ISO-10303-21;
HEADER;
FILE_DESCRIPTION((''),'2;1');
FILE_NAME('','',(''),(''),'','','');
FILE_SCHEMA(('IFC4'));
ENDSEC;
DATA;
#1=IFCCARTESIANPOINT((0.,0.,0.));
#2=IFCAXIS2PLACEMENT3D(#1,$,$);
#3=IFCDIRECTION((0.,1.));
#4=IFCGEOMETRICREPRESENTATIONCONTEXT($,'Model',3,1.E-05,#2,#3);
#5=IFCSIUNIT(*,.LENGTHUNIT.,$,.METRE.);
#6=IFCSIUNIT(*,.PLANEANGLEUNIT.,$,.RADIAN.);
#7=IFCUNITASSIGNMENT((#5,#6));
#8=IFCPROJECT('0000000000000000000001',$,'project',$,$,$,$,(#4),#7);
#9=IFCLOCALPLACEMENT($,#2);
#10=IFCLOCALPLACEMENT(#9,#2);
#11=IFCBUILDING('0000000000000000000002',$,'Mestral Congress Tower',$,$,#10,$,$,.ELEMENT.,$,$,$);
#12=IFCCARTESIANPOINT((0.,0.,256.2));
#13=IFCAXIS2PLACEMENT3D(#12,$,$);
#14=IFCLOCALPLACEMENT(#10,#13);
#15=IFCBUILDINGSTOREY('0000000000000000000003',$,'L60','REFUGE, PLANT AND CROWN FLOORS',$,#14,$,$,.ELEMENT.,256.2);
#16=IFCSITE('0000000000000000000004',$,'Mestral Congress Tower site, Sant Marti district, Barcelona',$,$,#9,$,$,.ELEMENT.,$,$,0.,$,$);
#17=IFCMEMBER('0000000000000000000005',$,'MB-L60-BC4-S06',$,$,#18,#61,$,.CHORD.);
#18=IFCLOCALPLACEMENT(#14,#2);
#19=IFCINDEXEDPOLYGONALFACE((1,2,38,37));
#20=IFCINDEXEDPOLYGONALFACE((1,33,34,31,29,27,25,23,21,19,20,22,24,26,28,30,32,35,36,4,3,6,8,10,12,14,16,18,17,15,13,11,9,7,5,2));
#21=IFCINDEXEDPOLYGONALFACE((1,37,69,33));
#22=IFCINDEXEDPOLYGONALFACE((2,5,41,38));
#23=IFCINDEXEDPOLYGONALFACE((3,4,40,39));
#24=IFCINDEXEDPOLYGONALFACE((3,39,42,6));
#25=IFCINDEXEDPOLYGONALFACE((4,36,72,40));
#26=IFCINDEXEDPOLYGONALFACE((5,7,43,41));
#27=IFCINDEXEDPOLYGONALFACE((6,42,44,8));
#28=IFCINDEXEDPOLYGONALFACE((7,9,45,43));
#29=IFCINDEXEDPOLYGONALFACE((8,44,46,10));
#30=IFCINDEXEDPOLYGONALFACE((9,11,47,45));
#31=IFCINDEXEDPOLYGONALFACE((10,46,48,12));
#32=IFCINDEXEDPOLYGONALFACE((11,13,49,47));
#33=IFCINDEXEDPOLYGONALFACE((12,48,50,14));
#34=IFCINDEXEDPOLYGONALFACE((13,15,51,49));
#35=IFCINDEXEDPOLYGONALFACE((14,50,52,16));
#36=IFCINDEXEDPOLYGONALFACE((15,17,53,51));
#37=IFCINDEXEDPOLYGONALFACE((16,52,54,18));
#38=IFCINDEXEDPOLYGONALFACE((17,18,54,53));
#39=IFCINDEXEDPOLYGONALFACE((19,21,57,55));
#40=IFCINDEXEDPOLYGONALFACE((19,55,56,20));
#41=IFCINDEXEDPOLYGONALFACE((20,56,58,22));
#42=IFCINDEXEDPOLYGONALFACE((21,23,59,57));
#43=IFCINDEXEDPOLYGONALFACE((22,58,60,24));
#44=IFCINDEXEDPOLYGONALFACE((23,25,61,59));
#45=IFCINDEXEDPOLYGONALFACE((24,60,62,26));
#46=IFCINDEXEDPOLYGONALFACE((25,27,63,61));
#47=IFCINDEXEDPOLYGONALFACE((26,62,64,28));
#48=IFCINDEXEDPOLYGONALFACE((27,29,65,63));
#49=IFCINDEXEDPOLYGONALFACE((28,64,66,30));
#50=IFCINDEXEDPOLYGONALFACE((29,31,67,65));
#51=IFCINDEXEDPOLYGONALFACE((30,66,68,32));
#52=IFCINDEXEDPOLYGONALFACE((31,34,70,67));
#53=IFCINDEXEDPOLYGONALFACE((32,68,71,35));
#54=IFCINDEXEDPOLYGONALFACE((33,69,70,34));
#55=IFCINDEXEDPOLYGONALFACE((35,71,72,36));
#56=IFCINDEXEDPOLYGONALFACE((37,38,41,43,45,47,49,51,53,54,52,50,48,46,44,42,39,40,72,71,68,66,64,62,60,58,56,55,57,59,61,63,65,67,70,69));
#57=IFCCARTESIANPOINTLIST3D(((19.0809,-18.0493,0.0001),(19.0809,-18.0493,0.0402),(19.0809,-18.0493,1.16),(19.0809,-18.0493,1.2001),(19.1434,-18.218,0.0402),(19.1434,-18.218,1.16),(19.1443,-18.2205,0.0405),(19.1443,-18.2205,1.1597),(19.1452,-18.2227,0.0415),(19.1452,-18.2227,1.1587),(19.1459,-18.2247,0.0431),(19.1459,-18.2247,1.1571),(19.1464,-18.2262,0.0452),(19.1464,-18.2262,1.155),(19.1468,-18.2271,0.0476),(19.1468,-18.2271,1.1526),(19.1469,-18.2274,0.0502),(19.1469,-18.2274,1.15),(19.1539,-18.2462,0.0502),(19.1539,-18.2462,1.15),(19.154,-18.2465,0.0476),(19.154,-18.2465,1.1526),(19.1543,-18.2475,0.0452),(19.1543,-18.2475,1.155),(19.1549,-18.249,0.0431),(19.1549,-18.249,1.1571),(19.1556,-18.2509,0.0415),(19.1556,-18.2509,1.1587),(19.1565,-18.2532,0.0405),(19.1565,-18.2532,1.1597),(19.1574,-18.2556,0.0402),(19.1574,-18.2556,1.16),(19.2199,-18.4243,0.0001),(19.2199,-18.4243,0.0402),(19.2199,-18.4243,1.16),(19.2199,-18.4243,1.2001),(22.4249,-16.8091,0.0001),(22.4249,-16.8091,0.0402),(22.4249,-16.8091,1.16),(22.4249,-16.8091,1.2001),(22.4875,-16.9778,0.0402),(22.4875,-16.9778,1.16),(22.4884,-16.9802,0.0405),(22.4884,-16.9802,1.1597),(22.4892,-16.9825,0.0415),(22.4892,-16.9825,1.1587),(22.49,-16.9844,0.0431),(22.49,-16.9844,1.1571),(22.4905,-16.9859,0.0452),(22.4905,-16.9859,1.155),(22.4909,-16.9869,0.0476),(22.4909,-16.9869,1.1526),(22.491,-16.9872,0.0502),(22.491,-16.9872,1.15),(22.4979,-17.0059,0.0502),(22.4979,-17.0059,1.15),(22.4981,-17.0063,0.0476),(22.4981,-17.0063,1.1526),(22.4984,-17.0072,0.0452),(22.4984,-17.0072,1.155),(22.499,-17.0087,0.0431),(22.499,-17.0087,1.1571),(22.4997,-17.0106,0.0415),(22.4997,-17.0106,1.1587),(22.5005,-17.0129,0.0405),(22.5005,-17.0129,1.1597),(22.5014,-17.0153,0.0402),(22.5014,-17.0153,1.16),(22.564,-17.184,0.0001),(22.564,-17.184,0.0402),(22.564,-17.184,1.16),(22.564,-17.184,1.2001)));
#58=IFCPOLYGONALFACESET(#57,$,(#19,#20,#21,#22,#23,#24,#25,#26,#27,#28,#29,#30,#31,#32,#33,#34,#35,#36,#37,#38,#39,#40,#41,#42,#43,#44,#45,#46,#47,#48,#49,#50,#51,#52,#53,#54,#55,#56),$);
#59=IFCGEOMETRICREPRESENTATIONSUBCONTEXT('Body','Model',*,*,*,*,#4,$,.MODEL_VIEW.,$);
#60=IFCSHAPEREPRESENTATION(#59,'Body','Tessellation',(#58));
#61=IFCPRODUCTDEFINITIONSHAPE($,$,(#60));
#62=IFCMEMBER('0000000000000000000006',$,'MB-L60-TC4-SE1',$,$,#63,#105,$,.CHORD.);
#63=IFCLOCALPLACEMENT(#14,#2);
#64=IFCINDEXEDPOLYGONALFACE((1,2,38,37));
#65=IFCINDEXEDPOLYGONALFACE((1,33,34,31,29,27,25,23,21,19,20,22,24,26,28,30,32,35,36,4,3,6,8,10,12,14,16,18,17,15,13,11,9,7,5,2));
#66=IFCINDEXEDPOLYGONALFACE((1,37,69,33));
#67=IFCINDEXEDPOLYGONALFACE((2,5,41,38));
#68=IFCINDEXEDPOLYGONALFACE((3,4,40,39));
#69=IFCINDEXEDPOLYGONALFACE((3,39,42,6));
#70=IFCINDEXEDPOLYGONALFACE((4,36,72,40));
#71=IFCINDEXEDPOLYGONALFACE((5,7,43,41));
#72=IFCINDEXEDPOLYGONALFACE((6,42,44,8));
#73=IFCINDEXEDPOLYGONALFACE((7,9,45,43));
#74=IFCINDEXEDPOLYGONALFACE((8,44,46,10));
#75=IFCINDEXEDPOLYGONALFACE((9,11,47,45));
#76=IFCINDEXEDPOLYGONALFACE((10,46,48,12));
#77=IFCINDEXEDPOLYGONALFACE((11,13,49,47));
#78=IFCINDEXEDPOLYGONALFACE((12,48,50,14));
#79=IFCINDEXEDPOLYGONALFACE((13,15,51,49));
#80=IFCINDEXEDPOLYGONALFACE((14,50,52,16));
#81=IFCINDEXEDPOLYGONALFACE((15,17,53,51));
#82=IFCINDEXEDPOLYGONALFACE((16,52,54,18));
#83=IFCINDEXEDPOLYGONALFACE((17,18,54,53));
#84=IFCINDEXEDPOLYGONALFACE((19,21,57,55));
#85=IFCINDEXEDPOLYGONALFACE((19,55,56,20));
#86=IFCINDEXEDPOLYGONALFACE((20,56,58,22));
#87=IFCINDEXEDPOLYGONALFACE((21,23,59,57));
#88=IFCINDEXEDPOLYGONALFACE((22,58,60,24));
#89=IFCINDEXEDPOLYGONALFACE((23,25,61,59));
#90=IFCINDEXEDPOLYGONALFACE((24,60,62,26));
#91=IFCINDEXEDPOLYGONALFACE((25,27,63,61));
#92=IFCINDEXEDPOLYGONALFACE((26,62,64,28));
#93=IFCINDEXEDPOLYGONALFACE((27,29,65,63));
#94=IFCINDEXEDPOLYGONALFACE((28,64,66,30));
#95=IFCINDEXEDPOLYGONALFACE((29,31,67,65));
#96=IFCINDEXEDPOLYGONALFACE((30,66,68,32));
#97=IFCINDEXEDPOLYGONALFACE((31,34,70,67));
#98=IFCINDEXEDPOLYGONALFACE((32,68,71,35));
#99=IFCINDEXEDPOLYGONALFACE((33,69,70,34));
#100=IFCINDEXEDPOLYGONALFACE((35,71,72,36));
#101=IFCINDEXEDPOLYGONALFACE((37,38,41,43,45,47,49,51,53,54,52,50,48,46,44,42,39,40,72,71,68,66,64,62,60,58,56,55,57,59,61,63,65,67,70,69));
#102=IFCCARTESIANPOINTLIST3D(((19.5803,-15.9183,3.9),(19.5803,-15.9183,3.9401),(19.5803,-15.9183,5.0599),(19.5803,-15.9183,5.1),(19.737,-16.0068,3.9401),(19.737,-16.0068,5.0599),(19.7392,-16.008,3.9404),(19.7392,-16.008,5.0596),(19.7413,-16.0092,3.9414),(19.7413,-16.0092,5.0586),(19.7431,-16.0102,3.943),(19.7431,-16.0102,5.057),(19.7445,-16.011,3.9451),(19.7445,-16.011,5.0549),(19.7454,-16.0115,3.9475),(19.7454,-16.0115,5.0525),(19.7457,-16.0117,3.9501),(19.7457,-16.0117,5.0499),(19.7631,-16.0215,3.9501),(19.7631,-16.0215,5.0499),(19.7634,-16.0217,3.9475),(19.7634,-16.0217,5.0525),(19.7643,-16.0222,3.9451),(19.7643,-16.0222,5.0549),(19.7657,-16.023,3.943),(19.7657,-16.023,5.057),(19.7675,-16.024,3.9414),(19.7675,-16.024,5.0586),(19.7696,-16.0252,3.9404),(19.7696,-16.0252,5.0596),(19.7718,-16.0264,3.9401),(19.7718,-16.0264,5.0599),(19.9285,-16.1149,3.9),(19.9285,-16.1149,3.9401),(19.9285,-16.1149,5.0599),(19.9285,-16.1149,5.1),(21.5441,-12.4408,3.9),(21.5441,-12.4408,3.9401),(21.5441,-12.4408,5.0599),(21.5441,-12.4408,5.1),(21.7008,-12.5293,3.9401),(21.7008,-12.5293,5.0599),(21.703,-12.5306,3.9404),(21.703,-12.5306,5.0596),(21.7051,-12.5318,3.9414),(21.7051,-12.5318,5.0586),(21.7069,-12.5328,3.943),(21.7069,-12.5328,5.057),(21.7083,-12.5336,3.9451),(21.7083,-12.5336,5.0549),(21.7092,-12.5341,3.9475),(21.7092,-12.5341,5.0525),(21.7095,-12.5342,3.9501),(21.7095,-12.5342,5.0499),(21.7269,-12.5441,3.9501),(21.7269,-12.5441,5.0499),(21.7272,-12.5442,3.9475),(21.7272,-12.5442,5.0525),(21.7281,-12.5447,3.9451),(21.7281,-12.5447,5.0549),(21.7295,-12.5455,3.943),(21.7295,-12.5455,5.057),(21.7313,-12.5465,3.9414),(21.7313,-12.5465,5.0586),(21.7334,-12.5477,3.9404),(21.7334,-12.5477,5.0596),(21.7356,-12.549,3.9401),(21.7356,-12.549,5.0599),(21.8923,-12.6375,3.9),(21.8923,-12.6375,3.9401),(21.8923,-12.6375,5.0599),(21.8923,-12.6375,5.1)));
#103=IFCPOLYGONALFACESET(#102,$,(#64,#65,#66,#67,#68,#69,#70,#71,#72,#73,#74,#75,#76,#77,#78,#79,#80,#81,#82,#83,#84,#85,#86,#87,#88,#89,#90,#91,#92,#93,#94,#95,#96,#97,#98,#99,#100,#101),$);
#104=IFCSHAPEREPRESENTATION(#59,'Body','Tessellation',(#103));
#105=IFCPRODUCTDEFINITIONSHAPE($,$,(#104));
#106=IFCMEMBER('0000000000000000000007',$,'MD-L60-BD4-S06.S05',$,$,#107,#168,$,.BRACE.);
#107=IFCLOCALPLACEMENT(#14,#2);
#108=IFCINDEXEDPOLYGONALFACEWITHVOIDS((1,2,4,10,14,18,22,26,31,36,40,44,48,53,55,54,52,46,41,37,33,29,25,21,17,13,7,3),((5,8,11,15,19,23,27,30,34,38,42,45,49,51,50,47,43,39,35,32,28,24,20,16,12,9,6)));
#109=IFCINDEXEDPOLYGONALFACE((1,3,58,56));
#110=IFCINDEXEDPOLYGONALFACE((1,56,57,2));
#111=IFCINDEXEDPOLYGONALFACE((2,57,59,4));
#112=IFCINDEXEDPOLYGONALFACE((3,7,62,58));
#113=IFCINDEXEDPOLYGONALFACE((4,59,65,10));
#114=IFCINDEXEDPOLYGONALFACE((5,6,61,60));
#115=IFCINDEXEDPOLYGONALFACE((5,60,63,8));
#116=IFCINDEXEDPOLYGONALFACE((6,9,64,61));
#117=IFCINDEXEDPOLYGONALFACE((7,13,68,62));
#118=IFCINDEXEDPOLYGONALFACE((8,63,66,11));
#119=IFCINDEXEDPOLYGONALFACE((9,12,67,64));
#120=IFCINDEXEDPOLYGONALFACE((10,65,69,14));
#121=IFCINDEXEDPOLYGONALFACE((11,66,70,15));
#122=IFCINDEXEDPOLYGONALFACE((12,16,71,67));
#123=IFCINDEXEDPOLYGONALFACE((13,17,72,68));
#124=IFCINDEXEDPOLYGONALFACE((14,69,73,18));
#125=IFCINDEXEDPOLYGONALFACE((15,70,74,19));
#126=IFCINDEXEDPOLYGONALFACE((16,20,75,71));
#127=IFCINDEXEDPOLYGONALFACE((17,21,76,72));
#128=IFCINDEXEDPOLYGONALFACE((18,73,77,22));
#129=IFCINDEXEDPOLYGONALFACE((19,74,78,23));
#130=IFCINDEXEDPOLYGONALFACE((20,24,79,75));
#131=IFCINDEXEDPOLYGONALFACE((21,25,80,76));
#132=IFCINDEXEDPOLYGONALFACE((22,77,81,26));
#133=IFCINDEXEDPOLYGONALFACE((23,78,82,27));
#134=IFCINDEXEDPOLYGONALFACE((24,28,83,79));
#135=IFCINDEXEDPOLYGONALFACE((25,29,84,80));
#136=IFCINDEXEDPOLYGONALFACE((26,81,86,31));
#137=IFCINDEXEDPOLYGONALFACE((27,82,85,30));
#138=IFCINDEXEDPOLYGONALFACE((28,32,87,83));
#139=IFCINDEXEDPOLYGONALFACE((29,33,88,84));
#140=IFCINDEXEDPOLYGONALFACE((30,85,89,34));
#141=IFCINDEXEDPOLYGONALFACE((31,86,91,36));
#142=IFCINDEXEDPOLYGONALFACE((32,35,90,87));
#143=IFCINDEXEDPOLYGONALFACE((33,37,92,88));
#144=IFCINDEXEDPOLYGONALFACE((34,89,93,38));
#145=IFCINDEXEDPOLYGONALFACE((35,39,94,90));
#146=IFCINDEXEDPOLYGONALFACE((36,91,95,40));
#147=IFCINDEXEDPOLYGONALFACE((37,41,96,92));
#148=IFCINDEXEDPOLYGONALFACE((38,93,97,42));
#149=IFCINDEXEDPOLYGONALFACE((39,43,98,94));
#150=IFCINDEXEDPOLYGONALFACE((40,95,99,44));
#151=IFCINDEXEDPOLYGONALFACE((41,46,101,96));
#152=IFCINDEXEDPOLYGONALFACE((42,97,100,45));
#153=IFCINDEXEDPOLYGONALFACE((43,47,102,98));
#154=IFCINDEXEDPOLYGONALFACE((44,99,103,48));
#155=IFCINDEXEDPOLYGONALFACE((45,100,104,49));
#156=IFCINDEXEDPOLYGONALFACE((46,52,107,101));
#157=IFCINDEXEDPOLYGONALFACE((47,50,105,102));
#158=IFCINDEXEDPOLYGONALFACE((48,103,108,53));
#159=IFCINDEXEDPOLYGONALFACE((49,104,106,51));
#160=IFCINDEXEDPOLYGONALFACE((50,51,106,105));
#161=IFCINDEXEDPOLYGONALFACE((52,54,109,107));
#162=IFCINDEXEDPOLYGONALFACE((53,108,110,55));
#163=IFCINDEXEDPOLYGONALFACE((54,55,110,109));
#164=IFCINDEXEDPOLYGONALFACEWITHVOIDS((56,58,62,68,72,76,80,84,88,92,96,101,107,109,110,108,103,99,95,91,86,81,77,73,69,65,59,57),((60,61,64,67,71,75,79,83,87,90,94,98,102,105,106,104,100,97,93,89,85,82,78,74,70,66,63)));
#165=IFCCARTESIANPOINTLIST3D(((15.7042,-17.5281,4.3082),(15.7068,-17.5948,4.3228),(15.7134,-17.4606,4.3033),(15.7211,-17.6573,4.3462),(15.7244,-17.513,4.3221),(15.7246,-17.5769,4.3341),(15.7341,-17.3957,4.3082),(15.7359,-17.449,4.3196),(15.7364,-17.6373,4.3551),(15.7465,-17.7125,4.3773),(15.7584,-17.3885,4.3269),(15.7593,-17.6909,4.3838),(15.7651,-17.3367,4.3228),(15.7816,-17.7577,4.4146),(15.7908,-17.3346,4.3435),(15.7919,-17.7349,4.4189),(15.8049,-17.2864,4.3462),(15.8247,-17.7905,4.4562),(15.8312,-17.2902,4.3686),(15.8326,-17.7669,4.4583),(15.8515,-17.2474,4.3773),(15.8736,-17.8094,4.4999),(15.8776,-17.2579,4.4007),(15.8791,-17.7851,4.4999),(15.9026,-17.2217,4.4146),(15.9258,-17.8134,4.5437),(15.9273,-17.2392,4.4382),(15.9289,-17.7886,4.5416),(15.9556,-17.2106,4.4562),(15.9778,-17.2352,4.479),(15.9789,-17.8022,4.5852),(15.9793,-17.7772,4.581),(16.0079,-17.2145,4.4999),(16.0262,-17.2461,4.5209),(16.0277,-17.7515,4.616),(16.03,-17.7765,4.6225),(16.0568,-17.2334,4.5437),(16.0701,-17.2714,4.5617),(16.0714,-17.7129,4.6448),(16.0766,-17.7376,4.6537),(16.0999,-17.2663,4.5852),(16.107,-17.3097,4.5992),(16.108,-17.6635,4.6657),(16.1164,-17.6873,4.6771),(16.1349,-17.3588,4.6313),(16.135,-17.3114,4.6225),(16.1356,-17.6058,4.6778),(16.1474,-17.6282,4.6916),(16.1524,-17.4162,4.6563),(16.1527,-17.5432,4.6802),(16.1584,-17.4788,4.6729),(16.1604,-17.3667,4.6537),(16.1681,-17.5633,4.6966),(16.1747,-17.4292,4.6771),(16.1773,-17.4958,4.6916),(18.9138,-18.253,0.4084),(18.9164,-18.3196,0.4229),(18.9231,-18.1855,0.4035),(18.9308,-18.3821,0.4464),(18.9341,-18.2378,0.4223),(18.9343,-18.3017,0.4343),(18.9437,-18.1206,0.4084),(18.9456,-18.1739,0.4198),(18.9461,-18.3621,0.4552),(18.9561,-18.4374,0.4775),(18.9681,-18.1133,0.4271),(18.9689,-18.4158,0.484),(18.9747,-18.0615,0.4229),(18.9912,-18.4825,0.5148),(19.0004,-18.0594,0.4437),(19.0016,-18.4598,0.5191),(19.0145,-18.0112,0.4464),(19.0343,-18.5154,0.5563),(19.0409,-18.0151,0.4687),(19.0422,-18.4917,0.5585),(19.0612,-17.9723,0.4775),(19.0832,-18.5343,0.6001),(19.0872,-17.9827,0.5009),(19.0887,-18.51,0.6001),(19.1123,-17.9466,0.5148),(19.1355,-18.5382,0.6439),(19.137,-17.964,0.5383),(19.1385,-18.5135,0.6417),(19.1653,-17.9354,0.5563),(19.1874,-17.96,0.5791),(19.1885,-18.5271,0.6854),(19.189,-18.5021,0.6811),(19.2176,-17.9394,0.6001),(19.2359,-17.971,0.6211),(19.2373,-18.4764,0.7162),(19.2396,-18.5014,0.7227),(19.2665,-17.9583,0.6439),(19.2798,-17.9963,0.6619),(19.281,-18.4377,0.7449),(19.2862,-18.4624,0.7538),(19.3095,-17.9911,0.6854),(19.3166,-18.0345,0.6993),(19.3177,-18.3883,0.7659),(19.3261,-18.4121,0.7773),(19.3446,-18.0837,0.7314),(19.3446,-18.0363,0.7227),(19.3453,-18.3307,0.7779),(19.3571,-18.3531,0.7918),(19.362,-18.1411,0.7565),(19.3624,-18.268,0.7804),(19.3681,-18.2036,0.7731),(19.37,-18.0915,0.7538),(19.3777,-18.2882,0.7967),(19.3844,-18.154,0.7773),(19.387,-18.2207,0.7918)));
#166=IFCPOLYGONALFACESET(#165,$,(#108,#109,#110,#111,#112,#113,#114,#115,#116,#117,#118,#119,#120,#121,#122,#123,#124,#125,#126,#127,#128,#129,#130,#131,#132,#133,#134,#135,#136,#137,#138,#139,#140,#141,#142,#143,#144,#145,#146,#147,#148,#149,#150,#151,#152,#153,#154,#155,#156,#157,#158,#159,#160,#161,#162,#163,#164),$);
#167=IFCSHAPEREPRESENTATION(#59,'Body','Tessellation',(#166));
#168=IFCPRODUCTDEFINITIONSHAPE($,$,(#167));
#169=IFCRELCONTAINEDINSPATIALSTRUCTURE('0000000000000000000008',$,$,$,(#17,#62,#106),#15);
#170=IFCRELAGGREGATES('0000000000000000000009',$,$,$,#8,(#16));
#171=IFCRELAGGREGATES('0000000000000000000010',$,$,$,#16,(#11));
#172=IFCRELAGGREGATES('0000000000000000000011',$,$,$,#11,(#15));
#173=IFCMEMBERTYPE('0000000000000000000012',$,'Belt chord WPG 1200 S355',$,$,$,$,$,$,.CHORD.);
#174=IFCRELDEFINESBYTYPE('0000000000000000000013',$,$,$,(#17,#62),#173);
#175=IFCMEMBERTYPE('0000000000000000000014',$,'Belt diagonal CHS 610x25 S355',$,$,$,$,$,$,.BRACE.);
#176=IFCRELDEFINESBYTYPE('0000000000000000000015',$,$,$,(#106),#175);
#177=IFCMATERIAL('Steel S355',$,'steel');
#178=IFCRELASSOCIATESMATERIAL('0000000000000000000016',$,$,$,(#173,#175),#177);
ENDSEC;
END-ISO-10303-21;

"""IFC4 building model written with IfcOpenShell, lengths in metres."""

from ifc_helpers import new_model, si_unit, direction, frame, origin, origin_2d, place, context, subcontext, project, spatial, hollow_circle, i_section, extrude, material, material_profile, profile_set, type_object, element, save


model = new_model("IFC4")

# Units and contexts
model_context = context("Model", 3, precision=1e-05, world=origin(), true_north=direction((0.0, 1.0)))
body_context = subcontext(model_context, "Body", "Model", "MODEL_VIEW")
ifc_project = project(units=[si_unit("LENGTHUNIT", "METRE"), si_unit("PLANEANGLEUNIT", "RADIAN")], contexts=[model_context])

# Site, building, storey
site_placement = place(None, origin())
site = spatial("IfcSite", under=ifc_project, at=site_placement, Name="Mestral Congress Tower site, Sant Marti district, Barcelona", CompositionType="ELEMENT", RefElevation=0.0)
building_placement = place(site_placement, origin())
building = spatial("IfcBuilding", under=site, at=building_placement, Name="Mestral Congress Tower", CompositionType="ELEMENT")
storey_placement = place(building_placement, frame((0.0, 0.0, 256.2)))
storey = spatial("IfcBuildingStorey", under=building, at=storey_placement, Name="L60", Description="REFUGE, PLANT AND CROWN FLOORS", CompositionType="ELEMENT", Elevation=256.2)

# Members
ifc_material_1 = material(Name="Steel S355", Category="steel")
ifc_material_profile_1 = material_profile(ifc_material_1, i_section(OverallWidth=0.3999, OverallDepth=1.2, WebThickness=0.02, FlangeThickness=0.04, FilletRadius=0.01, at=origin_2d()), Name="WPG 1200")
ifc_profile_set_1 = profile_set([ifc_material_profile_1], Name="Steel S355")
member_type_1 = type_object("IfcMemberType", Name="Belt chord WPG 1200 S355", PredefinedType="CHORD", material=ifc_profile_set_1)
member_1_placement = place(storey_placement, frame((19.1504, -18.2368, 0.6001), z_axis=(0.937592, 0.347738, 0.0), x_axis=(-0.347738, 0.937592, 0.0)))
element("IfcMember", 1, at=member_1_placement, inside=storey, type_object=member_type_1, Name="MB-L60-BC4-S06", PredefinedType="CHORD", context=body_context, shape_type="SweptSolid", body=[
    extrude(i_section(OverallWidth=0.3999, OverallDepth=1.2, WebThickness=0.02, FlangeThickness=0.04, FilletRadius=0.01, at=origin_2d()), origin(), (0.0, 0.0, 1.0), 3.5667),
])
member_2_placement = place(storey_placement, frame((19.7544, -16.0166, 4.5), z_axis=(0.491735, 0.870745, 0.0), x_axis=(-0.870745, 0.491735, 0.0)))
element("IfcMember", 2, at=member_2_placement, inside=storey, type_object=member_type_1, Name="MB-L60-TC4-SE1", PredefinedType="CHORD", context=body_context, shape_type="SweptSolid", body=[
    extrude(i_section(OverallWidth=0.3999, OverallDepth=1.2, WebThickness=0.02, FlangeThickness=0.04, FilletRadius=0.01, at=origin_2d()), origin(), (0.0, 0.0, 1.0), 3.9937),
])
ifc_material_profile_2 = material_profile(ifc_material_1, hollow_circle(Radius=0.3049, WallThickness=0.0249, at=origin_2d()), Name="CHS 610x25")
ifc_profile_set_2 = profile_set([ifc_material_profile_2], Name="Steel S355")
member_type_2 = type_object("IfcMemberType", Name="Belt diagonal CHS 610x25 S355", PredefinedType="BRACE", material=ifc_profile_set_2)
member_3_placement = place(storey_placement, frame((19.1504, -18.2368, 0.6001), z_axis=(-0.629031, 0.142055, 0.764291), x_axis=(-0.220284, -0.975436, 0.0)))
element("IfcMember", 3, at=member_3_placement, inside=storey, type_object=member_type_2, Name="MD-L60-BD4-S06.S05", PredefinedType="BRACE", context=body_context, shape_type="SweptSolid", body=[
    extrude(hollow_circle(Radius=0.3049, WallThickness=0.0249, at=origin_2d()), origin(), (0.0, 0.0, 1.0), 5.1025),
])

save(model, "model.ifc")
